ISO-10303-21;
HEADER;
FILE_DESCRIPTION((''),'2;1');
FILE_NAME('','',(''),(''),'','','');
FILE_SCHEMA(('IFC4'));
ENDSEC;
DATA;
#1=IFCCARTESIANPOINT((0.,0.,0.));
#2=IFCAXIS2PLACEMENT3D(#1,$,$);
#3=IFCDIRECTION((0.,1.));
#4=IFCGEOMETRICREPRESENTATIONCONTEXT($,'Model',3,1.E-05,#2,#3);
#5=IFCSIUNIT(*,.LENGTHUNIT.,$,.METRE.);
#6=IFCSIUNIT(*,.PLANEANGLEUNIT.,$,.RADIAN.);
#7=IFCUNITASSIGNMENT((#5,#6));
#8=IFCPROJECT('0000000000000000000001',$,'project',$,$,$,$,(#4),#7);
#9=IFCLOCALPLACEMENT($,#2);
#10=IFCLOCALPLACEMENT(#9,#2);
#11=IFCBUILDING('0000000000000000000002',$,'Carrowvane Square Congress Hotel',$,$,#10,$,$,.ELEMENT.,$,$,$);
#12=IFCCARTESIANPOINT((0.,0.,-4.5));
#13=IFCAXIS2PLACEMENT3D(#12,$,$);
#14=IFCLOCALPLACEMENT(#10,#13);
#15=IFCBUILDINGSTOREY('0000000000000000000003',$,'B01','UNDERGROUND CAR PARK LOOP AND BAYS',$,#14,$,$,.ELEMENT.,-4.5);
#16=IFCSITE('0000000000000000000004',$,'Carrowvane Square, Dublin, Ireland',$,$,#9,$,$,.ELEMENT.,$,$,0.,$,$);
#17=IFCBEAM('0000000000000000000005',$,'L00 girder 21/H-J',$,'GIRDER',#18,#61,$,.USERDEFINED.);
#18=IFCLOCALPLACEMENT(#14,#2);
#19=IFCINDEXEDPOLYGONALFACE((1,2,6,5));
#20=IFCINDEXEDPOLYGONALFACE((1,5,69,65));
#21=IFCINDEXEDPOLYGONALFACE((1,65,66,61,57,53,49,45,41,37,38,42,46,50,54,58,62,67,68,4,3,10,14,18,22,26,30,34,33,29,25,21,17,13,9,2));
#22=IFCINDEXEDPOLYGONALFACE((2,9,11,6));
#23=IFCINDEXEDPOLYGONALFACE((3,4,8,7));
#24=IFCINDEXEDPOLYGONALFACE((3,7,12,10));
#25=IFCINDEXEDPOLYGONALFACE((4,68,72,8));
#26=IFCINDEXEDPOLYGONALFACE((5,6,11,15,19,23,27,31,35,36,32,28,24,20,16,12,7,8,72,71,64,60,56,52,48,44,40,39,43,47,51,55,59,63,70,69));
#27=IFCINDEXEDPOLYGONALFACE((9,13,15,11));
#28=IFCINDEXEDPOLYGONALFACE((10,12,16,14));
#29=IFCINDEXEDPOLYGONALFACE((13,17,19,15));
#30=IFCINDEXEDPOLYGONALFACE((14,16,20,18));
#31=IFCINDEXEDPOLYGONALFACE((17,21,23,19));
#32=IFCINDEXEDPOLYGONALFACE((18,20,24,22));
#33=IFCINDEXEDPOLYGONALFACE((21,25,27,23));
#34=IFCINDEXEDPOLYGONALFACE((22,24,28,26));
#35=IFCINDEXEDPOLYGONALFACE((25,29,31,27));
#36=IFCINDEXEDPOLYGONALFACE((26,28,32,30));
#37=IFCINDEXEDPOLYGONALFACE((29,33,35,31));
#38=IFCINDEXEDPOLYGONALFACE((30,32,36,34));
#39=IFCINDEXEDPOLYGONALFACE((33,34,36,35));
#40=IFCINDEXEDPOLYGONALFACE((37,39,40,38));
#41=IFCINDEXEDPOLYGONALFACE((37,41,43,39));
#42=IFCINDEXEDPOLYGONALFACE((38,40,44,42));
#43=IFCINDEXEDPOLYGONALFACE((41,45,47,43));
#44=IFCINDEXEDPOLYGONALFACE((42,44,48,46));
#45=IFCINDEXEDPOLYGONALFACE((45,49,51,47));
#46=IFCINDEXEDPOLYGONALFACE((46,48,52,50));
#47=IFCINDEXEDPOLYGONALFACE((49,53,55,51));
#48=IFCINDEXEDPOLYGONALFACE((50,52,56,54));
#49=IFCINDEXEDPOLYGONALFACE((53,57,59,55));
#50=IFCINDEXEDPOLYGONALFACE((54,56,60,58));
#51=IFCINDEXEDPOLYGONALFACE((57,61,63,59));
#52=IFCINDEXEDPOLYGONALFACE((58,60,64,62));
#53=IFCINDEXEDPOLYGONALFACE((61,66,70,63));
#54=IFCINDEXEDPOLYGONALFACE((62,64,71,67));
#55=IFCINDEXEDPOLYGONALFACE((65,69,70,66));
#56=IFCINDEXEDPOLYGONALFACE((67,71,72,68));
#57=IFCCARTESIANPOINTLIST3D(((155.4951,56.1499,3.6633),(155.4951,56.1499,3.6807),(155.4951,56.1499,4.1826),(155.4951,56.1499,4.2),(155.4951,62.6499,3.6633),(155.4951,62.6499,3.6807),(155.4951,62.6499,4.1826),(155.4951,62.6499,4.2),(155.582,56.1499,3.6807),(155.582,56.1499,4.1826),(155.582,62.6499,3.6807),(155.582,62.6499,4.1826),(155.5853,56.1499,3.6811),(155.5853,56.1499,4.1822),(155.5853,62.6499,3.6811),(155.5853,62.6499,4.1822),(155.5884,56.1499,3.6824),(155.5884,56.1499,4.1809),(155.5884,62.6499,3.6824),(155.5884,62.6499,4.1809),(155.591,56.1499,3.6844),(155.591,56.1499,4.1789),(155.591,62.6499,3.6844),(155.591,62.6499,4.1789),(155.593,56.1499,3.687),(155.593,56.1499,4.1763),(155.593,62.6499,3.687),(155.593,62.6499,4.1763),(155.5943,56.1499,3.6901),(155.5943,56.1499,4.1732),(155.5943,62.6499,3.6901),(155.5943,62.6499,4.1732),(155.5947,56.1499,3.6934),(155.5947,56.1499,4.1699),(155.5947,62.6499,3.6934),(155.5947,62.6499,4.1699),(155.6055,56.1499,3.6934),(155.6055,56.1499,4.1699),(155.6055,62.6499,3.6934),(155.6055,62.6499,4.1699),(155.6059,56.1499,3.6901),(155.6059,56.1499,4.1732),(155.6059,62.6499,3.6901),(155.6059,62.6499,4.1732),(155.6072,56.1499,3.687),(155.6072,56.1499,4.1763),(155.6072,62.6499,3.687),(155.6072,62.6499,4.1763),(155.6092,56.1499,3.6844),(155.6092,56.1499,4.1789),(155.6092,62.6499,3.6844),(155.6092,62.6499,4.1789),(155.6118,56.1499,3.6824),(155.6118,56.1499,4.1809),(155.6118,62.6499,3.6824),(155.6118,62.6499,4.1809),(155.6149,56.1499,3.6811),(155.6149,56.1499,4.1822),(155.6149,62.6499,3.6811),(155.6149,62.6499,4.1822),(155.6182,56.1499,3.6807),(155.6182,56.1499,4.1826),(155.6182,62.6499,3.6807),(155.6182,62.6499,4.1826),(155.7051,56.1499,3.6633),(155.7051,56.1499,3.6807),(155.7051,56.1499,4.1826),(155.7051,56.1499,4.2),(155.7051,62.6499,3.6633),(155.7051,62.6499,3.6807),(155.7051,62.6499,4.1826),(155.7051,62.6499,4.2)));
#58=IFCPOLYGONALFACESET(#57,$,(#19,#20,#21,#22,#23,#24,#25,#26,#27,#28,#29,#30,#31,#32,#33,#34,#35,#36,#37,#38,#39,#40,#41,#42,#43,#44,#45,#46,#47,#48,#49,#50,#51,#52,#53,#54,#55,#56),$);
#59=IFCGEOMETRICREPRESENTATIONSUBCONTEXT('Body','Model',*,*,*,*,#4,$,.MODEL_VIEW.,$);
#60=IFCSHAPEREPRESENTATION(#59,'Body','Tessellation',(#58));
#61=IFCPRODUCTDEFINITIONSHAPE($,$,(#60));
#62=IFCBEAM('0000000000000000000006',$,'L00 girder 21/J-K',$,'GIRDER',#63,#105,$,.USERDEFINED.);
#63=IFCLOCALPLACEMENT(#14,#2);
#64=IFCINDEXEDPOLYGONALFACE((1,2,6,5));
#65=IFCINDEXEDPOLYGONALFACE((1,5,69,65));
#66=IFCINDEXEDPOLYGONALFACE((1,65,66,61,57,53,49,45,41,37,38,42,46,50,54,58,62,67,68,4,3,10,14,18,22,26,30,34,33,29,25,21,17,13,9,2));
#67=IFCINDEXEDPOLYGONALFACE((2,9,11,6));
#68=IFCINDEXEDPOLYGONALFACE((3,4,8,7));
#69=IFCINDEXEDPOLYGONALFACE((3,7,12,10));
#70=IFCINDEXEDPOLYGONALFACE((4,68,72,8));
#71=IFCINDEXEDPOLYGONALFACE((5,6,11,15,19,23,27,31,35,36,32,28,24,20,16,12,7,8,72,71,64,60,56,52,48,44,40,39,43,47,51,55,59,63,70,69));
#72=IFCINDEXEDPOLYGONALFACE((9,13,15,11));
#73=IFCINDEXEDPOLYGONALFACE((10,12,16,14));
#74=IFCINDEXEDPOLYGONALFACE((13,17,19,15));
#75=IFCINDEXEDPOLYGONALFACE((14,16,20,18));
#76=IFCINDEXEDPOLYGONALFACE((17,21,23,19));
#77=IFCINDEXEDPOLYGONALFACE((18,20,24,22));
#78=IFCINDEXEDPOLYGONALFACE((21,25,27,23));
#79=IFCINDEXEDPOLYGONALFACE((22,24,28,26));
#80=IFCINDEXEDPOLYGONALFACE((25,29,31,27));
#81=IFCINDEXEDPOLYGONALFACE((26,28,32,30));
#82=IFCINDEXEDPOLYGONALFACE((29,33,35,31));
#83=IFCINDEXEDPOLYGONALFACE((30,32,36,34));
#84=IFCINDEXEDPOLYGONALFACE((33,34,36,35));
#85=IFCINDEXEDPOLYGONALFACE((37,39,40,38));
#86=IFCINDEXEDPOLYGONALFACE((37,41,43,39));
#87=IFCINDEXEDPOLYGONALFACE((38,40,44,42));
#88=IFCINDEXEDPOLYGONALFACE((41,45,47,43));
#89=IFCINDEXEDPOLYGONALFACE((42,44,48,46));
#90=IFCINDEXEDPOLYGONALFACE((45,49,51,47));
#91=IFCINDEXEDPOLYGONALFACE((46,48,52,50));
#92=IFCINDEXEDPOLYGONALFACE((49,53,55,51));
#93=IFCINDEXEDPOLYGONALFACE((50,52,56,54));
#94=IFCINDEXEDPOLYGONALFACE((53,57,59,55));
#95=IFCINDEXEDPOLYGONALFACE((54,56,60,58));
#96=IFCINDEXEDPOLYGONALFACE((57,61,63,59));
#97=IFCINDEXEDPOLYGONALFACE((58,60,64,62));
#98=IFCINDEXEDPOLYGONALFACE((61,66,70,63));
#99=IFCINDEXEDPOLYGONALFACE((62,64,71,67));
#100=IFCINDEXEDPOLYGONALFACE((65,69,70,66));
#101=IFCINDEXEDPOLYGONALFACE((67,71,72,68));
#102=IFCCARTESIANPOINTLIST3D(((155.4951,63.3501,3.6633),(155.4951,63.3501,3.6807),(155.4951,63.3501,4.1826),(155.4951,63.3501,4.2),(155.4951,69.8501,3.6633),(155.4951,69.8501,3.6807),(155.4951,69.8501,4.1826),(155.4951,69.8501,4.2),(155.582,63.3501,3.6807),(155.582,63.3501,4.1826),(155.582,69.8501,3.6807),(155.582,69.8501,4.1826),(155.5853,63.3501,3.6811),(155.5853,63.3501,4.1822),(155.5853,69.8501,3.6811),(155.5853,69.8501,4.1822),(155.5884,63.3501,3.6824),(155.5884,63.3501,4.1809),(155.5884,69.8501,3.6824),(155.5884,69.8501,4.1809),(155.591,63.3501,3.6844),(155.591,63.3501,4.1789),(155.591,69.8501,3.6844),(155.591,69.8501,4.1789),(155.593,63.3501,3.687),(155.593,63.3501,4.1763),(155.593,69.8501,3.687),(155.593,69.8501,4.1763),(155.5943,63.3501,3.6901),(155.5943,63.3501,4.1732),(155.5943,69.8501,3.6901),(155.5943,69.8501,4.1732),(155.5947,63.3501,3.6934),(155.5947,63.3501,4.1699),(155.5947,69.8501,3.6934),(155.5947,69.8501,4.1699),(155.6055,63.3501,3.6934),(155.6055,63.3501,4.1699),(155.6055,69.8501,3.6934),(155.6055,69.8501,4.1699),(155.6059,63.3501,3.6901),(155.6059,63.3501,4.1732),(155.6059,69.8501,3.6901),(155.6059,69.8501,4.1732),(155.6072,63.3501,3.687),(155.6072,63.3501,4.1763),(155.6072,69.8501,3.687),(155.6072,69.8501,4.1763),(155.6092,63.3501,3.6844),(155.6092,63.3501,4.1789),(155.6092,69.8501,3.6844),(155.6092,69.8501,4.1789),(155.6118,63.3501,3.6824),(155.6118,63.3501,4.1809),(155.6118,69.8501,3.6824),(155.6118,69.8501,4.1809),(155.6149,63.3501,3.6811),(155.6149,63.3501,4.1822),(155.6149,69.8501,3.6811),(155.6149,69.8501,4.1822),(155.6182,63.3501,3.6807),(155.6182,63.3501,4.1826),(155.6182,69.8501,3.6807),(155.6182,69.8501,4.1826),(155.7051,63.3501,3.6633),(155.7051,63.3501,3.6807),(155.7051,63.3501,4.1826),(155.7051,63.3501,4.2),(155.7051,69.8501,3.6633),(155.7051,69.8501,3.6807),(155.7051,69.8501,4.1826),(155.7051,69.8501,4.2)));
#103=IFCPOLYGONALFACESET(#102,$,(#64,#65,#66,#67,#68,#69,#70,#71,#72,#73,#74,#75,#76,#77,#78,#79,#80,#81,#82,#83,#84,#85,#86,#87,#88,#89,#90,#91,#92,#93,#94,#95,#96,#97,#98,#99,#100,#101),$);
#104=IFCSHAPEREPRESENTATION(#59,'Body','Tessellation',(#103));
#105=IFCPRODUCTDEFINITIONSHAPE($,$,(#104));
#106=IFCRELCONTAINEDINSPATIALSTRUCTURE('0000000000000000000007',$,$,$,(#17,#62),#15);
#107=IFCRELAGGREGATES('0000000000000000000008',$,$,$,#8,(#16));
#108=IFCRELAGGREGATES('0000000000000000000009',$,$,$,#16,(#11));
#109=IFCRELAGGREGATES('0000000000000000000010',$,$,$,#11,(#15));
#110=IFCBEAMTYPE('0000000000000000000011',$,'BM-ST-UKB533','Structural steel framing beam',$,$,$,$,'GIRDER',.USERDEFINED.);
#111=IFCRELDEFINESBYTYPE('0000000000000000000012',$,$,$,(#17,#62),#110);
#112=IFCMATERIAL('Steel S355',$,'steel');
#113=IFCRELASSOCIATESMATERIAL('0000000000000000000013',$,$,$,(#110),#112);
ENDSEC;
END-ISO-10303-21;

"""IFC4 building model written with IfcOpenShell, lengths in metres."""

from ifc_helpers import new_model, si_unit, direction, frame, origin, origin_2d, place, context, subcontext, project, spatial, i_section, extrude, material, material_profile, profile_set, type_object, element, save


model = new_model("IFC4")

# Units and contexts
model_context = context("Model", 3, precision=1e-05, world=origin(), true_north=direction((0.0, 1.0)))
body_context = subcontext(model_context, "Body", "Model", "MODEL_VIEW")
ifc_project = project(units=[si_unit("LENGTHUNIT", "METRE"), si_unit("PLANEANGLEUNIT", "RADIAN")], contexts=[model_context])

# Site, building, storey
site_placement = place(None, origin())
site = spatial("IfcSite", under=ifc_project, at=site_placement, Name="Carrowvane Square, Dublin, Ireland", CompositionType="ELEMENT", RefElevation=0.0)
building_placement = place(site_placement, origin())
building = spatial("IfcBuilding", under=site, at=building_placement, Name="Carrowvane Square Congress Hotel", CompositionType="ELEMENT")
storey_placement = place(building_placement, frame((0.0, 0.0, -4.5)))
storey = spatial("IfcBuildingStorey", under=building, at=storey_placement, Name="B01", Description="UNDERGROUND CAR PARK LOOP AND BAYS", CompositionType="ELEMENT", Elevation=-4.5)

# Beams
ifc_material_1 = material(Name="Steel S355", Category="steel")
ifc_material_profile_1 = material_profile(ifc_material_1, i_section(OverallWidth=0.21, OverallDepth=0.5366, WebThickness=0.0107, FlangeThickness=0.0173, FilletRadius=0.0127, at=origin_2d()), Name="UKB 533x210x101")
ifc_profile_set_1 = profile_set([ifc_material_profile_1], Name="Steel S355")
beam_type_1 = type_object("IfcBeamType", Name="BM-ST-UKB533", Description="Structural steel framing beam", ElementType="GIRDER", PredefinedType="USERDEFINED", material=ifc_profile_set_1)
for number, where, z_axis, x_axis, name in (
    (1, (155.6001, 56.1499, 3.9316), (0.0, 1.0, 0.0), (-1.0, 0.0, 0.0), "L00 girder 21/H-J"),
    (2, (155.6001, 63.3501, 3.9316), (0.0, 1.0, 0.0), (-1.0, 0.0, 0.0), "L00 girder 21/J-K"),
):
    element("IfcBeam", number, at=place(storey_placement, frame(where, z_axis=z_axis, x_axis=x_axis)), inside=storey, type_object=beam_type_1, Name=name, ObjectType="GIRDER", PredefinedType="USERDEFINED", context=body_context, shape_type="SweptSolid", body=[
        extrude(i_section(OverallWidth=0.21, OverallDepth=0.5366, WebThickness=0.0107, FlangeThickness=0.0173, FilletRadius=0.0127, at=origin_2d()), origin(), (0.0, 0.0, 1.0), 6.5),
    ])

save(model, "model.ifc")
